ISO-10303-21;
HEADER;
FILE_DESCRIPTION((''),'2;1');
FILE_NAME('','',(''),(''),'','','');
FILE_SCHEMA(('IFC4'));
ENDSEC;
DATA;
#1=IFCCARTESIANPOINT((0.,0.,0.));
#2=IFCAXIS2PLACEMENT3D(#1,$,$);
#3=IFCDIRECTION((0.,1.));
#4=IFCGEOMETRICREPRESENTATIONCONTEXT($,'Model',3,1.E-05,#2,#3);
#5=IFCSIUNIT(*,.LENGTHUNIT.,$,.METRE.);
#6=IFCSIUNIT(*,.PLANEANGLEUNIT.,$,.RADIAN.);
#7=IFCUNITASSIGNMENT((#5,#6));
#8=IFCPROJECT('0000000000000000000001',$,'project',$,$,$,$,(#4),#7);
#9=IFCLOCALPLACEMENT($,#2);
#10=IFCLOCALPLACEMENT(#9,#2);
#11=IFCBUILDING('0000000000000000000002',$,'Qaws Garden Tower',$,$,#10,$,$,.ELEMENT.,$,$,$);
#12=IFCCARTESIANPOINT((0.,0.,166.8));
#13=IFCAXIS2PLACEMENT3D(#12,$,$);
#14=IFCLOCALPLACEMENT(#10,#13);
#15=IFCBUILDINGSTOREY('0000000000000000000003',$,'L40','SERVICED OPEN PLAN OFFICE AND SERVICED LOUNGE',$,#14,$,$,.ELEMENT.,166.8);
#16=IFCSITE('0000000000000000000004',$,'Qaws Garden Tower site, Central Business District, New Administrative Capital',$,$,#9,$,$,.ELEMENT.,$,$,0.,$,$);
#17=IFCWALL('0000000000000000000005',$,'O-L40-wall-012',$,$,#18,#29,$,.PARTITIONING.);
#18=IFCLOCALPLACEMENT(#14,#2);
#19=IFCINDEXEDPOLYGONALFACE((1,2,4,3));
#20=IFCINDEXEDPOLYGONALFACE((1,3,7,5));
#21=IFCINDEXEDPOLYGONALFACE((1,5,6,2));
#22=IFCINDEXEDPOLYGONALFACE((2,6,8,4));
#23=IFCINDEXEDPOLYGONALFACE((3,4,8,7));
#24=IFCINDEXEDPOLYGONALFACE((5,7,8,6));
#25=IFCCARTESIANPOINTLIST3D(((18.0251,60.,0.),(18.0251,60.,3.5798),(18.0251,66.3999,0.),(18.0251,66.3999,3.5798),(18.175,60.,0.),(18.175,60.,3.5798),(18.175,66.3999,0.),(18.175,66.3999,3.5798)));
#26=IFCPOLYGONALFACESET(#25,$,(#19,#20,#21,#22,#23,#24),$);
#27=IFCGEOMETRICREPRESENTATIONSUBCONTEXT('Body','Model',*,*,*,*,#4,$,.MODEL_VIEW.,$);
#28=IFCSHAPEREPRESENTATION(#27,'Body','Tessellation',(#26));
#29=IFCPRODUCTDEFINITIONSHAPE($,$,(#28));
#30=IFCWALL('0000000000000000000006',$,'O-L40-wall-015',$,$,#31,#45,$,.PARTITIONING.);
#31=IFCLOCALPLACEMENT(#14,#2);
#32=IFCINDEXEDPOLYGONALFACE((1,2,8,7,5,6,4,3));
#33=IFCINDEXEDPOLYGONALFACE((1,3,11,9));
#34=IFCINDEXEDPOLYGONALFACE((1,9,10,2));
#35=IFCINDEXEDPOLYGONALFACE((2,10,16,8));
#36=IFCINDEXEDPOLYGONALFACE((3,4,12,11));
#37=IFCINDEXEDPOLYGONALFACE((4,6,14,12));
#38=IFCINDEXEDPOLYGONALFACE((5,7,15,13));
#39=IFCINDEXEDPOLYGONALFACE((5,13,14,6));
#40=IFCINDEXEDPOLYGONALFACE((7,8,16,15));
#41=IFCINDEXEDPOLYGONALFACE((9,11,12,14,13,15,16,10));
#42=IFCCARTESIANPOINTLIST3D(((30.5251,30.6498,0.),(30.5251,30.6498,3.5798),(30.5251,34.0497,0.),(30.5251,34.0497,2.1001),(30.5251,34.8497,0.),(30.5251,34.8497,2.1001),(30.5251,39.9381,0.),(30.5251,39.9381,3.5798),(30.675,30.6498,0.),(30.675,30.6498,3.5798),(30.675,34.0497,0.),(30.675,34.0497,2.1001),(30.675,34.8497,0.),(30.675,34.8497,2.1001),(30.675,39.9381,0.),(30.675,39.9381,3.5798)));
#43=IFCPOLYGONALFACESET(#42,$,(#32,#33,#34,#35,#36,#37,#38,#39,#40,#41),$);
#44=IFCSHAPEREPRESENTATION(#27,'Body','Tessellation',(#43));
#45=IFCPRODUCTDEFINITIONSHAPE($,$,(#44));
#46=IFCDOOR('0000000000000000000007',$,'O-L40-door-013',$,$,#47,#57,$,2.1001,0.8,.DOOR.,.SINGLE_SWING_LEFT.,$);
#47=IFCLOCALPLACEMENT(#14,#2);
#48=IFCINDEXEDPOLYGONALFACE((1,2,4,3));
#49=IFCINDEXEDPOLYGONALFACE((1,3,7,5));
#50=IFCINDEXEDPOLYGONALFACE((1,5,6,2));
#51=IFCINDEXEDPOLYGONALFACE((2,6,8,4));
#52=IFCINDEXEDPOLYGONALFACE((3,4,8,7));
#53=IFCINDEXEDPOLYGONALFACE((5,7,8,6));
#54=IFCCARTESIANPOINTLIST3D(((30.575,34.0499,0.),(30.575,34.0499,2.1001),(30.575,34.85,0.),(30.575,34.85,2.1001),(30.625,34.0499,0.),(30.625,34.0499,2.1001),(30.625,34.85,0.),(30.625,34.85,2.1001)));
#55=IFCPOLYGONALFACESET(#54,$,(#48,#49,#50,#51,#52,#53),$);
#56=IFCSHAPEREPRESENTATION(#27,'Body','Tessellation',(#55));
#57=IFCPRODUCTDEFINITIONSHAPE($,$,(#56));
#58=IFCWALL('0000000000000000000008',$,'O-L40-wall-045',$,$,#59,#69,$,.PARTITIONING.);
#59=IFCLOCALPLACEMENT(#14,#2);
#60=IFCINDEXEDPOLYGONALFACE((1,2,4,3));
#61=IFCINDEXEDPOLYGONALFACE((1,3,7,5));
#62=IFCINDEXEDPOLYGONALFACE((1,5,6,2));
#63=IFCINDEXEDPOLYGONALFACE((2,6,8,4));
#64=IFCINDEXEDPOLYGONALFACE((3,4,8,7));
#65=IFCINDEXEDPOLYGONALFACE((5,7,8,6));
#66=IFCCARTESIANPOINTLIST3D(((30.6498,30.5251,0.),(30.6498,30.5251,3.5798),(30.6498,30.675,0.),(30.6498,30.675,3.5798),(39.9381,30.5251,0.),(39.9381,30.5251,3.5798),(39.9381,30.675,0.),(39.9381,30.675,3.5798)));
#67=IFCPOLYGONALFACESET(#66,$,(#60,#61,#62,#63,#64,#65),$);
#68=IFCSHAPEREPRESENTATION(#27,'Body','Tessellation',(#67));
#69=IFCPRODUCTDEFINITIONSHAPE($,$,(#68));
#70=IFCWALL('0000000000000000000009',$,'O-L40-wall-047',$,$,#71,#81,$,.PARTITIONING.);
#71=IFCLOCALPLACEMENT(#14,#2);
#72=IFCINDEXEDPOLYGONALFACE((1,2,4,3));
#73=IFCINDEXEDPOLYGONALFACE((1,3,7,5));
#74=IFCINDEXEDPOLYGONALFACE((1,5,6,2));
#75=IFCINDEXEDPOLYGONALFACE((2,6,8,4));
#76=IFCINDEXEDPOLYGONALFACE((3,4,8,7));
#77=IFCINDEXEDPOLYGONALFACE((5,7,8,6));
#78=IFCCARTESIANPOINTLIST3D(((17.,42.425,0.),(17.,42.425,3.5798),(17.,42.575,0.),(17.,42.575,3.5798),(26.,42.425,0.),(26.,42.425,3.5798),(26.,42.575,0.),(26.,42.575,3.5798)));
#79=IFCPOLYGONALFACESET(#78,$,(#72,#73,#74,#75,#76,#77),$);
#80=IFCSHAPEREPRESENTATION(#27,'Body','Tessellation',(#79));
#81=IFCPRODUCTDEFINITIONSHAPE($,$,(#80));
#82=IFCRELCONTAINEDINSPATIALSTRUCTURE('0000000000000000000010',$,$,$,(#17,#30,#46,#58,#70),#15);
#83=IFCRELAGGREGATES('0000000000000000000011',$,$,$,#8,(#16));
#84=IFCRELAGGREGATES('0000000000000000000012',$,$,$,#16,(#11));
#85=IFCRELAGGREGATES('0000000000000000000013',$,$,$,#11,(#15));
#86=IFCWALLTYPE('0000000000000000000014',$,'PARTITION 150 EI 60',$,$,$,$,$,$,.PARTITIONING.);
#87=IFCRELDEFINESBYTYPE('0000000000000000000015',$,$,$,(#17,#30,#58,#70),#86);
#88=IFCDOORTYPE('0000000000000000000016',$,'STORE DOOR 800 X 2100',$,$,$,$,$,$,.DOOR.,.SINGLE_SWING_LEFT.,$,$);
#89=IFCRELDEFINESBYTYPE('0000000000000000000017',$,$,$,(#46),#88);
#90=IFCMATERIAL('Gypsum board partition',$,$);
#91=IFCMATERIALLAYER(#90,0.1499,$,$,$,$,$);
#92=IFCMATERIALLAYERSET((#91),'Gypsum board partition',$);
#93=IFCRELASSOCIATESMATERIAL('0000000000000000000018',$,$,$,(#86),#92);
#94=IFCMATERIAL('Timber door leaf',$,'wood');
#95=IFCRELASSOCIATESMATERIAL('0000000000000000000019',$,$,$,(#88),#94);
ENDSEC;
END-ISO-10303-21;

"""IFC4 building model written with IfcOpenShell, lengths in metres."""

from ifc_helpers import new_model, si_unit, direction, frame, frame_2d, origin, place, context, subcontext, project, spatial, rectangle, extrude, material, layer, layer_set, type_object, element, fill, save


model = new_model("IFC4")

# Units and contexts
model_context = context("Model", 3, precision=1e-05, world=origin(), true_north=direction((0.0, 1.0)))
body_context = subcontext(model_context, "Body", "Model", "MODEL_VIEW")
ifc_project = project(units=[si_unit("LENGTHUNIT", "METRE"), si_unit("PLANEANGLEUNIT", "RADIAN")], contexts=[model_context])

# Site, building, storey
site_placement = place(None, origin())
site = spatial("IfcSite", under=ifc_project, at=site_placement, Name="Qaws Garden Tower site, Central Business District, New Administrative Capital", CompositionType="ELEMENT", RefElevation=0.0)
building_placement = place(site_placement, origin())
building = spatial("IfcBuilding", under=site, at=building_placement, Name="Qaws Garden Tower", CompositionType="ELEMENT")
storey_placement = place(building_placement, frame((0.0, 0.0, 166.8)))
storey = spatial("IfcBuildingStorey", under=building, at=storey_placement, Name="L40", Description="SERVICED OPEN PLAN OFFICE AND SERVICED LOUNGE", CompositionType="ELEMENT", Elevation=166.8)

# Wall
ifc_material_1 = material(Name="Gypsum board partition")
ifc_layer_1 = layer(ifc_material_1, 0.1499)
ifc_layer_set_1 = layer_set([ifc_layer_1], Name="Gypsum board partition")
wall_type_1 = type_object("IfcWallType", Name="PARTITION 150 EI 60", PredefinedType="PARTITIONING", material=ifc_layer_set_1)
wall_1_placement = place(storey_placement, frame((18.1001, 60.0, 0.0), z_axis=(0.0, 0.0, 1.0), x_axis=(0.0, 1.0, 0.0)))
element("IfcWall", 1, at=wall_1_placement, inside=storey, type_object=wall_type_1, Name="O-L40-wall-012", PredefinedType="PARTITIONING", context=body_context, shape_type="SweptSolid", body=[
    extrude(rectangle(XDim=6.3999, YDim=0.1499, at=frame_2d((3.2, 0.0))), origin(), (0.0, 0.0, 1.0), 3.5798),
])

# Wall, opening, door
wall_2_placement = place(storey_placement, frame((30.6001, 30.6499, 0.0), z_axis=(0.0, 0.0, 1.0), x_axis=(0.0, 1.0, 0.0)))
wall_2 = element("IfcWall", 2, at=wall_2_placement, inside=storey, type_object=wall_type_1, Name="O-L40-wall-015", PredefinedType="PARTITIONING", context=body_context, shape_type="SweptSolid", body=[
    extrude(rectangle(XDim=9.2883, YDim=0.1499, at=frame_2d((4.644, 0.0))), origin(), (0.0, 0.0, 1.0), 3.5798),
])
opening_1_placement = place(wall_2_placement, frame((3.3999, 0.0, 0.0)))
opening_1 = element("IfcOpeningElement", 3, at=opening_1_placement, cuts=wall_2, PredefinedType="OPENING", context=body_context, shape_type="SweptSolid", body=[
    extrude(rectangle(XDim=0.8, YDim=2.1001, at=frame_2d((0.3999, 1.05))), frame((0.0, 0.085, 0.0), z_axis=(0.0, -1.0, 0.0), x_axis=(1.0, 0.0, 0.0)), (0.0, 0.0, 1.0), 0.1699),
])
ifc_material_2 = material(Name="Timber door leaf", Category="wood")
door_type = type_object("IfcDoorType", Name="STORE DOOR 800 X 2100", OperationType="SINGLE_SWING_LEFT", PredefinedType="DOOR", material=ifc_material_2)
door_placement = place(opening_1_placement, frame((0.8, 0.0, 0.0), z_axis=(0.0, 0.0, 1.0), x_axis=(-1.0, 0.0, 0.0)))
door = element("IfcDoor", 4, at=door_placement, inside=storey, type_object=door_type, Name="O-L40-door-013", OperationType="SINGLE_SWING_LEFT", OverallHeight=2.1001, OverallWidth=0.8, PredefinedType="DOOR", context=body_context, shape_type="SweptSolid", body=[
    extrude(rectangle(XDim=0.8, YDim=2.1001, at=frame_2d((0.3999, 1.05))), frame((0.0, 0.0249, 0.0), z_axis=(0.0, -1.0, 0.0), x_axis=(1.0, 0.0, 0.0)), (0.0, 0.0, 1.0), 0.05),
])
fill(opening_1, door)

# Walls
wall_3_placement = place(storey_placement, frame((30.6499, 30.6001, 0.0), z_axis=(0.0, 0.0, 1.0), x_axis=(1.0, 0.0, 0.0)))
element("IfcWall", 5, at=wall_3_placement, inside=storey, type_object=wall_type_1, Name="O-L40-wall-045", PredefinedType="PARTITIONING", context=body_context, shape_type="SweptSolid", body=[
    extrude(rectangle(XDim=9.2883, YDim=0.1499, at=frame_2d((4.644, 0.0))), origin(), (0.0, 0.0, 1.0), 3.5798),
])
wall_4_placement = place(storey_placement, frame((17.0, 42.5, 0.0), z_axis=(0.0, 0.0, 1.0), x_axis=(1.0, 0.0, 0.0)))
element("IfcWall", 6, at=wall_4_placement, inside=storey, type_object=wall_type_1, Name="O-L40-wall-047", PredefinedType="PARTITIONING", context=body_context, shape_type="SweptSolid", body=[
    extrude(rectangle(XDim=9.0, YDim=0.1499, at=frame_2d((4.5, 0.0))), origin(), (0.0, 0.0, 1.0), 3.5798),
])

save(model, "model.ifc")
